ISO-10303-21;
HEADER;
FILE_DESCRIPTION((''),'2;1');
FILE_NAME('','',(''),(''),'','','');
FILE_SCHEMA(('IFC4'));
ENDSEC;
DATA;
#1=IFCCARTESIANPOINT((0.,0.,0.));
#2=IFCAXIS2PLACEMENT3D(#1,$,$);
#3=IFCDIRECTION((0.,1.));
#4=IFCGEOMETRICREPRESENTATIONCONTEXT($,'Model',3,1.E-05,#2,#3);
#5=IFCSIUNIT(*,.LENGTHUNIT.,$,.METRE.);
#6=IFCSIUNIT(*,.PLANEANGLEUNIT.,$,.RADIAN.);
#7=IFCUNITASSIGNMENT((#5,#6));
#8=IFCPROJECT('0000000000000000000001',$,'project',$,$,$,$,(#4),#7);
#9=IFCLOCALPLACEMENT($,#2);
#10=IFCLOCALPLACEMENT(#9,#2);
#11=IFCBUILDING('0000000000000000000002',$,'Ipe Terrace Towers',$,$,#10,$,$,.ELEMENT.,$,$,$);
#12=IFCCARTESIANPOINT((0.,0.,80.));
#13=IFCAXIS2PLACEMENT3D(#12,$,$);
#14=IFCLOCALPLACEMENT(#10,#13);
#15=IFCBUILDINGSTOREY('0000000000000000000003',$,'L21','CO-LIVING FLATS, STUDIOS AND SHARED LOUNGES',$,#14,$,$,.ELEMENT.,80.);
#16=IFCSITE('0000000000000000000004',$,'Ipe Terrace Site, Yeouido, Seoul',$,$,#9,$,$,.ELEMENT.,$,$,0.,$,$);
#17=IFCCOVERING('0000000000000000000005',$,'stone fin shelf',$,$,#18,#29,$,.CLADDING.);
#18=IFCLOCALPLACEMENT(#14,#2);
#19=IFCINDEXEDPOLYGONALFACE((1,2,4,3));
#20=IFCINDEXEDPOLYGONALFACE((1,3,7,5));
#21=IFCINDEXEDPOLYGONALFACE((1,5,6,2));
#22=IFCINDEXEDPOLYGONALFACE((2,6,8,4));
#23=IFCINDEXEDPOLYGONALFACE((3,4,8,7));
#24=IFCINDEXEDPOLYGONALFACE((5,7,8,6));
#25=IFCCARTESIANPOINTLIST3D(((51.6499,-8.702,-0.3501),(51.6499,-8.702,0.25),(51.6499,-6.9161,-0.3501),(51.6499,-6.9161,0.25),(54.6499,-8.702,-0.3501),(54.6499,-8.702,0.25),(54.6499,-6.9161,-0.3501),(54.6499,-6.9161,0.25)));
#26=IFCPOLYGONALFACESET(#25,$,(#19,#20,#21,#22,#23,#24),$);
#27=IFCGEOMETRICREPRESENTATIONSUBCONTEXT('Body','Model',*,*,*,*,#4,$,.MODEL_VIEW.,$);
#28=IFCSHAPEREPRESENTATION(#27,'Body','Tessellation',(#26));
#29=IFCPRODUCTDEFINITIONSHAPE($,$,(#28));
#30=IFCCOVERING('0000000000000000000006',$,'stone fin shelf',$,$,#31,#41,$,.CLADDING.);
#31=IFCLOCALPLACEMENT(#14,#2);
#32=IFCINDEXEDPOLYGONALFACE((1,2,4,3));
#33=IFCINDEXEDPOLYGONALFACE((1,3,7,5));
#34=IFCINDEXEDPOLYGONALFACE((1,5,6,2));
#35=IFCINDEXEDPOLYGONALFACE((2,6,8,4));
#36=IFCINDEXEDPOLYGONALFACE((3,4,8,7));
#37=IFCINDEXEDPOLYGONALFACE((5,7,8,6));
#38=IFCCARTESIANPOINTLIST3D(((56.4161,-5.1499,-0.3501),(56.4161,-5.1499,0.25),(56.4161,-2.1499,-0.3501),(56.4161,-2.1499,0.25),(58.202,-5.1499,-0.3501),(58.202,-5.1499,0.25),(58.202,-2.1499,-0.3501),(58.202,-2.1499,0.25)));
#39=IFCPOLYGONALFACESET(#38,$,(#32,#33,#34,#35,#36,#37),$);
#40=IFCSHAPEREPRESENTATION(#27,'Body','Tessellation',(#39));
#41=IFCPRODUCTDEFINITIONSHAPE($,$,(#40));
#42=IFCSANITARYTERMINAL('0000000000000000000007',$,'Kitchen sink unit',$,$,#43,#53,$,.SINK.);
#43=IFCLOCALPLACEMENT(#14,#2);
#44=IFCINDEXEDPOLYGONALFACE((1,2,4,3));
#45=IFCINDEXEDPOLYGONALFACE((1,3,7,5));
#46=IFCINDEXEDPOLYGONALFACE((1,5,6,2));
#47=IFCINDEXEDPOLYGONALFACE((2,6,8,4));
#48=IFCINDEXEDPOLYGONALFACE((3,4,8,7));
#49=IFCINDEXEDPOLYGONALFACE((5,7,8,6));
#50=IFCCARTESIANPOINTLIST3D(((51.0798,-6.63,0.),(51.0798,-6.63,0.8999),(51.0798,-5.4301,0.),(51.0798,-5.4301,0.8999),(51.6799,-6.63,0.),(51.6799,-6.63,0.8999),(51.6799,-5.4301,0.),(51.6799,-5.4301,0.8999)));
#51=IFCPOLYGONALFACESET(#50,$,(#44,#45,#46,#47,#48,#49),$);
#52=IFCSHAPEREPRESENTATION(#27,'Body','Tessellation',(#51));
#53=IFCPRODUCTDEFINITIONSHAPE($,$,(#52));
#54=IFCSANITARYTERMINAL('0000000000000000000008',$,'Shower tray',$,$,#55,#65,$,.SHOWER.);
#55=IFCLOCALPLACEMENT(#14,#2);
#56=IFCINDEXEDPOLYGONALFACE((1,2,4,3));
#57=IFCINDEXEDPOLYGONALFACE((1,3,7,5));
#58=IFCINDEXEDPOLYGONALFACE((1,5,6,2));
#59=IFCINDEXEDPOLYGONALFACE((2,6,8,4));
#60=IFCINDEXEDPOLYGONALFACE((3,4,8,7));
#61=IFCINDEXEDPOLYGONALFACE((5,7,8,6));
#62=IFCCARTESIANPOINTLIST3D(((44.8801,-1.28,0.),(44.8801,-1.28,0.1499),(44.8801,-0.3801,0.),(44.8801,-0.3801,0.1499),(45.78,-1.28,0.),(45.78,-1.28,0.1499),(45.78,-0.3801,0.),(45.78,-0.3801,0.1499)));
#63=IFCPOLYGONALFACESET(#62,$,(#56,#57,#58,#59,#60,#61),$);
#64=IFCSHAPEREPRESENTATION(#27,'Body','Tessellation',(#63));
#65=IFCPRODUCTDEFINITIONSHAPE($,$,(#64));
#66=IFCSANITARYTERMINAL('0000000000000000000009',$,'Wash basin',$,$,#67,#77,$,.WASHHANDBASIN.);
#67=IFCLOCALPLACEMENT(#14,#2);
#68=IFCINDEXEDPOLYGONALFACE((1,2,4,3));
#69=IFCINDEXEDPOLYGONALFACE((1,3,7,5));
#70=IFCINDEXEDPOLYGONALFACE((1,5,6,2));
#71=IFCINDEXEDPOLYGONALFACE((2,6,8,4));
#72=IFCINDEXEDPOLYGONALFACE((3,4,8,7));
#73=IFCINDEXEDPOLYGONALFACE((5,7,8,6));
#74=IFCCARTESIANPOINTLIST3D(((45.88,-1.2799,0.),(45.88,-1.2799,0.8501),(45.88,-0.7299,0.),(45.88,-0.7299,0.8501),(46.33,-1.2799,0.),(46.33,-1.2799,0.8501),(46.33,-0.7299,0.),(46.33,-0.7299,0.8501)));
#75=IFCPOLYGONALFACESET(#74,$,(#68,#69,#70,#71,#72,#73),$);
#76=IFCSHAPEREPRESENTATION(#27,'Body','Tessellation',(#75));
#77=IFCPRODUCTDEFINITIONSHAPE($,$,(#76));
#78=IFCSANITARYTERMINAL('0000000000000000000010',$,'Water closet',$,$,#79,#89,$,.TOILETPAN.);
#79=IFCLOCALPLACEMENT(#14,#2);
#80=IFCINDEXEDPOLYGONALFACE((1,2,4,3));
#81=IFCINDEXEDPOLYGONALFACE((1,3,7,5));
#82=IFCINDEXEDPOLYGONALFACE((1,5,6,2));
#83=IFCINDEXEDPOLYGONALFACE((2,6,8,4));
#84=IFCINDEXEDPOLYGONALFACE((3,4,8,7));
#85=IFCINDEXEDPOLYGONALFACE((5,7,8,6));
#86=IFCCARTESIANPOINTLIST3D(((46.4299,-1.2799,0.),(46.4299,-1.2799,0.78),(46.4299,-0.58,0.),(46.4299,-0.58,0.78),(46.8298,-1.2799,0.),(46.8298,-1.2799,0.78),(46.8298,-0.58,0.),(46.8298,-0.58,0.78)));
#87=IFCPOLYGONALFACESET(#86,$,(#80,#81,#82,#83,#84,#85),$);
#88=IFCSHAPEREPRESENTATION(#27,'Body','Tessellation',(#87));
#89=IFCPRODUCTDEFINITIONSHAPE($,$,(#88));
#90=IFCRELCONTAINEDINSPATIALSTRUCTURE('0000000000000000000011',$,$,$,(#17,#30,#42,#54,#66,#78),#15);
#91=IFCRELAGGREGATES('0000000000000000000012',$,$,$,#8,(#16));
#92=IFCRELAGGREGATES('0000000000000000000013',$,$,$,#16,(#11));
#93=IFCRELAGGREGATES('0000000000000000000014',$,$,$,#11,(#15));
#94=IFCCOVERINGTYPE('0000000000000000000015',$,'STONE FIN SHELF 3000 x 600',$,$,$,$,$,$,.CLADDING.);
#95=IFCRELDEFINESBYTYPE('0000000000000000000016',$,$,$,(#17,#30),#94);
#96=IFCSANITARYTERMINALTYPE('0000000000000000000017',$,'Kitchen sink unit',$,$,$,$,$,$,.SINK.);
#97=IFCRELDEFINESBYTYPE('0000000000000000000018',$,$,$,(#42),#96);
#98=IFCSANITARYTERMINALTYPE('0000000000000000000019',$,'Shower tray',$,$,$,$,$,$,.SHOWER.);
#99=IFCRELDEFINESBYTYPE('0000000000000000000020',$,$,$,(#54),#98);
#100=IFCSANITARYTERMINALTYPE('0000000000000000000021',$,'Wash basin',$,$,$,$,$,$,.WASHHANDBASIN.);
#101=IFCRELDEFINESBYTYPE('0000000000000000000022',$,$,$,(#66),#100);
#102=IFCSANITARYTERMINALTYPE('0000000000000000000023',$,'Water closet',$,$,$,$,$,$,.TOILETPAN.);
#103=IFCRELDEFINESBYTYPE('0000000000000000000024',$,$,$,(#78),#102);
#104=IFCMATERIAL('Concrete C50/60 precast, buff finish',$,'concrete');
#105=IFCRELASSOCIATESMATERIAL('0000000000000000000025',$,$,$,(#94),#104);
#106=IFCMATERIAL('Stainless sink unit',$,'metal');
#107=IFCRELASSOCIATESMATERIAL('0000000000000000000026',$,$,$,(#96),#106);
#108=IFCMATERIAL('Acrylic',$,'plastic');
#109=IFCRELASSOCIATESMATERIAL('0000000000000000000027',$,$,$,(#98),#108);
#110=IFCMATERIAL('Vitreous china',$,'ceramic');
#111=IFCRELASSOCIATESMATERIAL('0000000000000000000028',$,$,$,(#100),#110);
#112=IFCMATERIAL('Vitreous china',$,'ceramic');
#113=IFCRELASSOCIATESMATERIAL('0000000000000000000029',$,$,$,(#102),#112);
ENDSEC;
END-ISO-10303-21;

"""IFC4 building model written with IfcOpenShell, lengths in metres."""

from ifc_helpers import new_model, si_unit, direction, frame, origin, origin_2d, place, context, subcontext, project, spatial, rectangle, extrude, material, type_object, element, save


model = new_model("IFC4")

# Units and contexts
model_context = context("Model", 3, precision=1e-05, world=origin(), true_north=direction((0.0, 1.0)))
body_context = subcontext(model_context, "Body", "Model", "MODEL_VIEW")
ifc_project = project(units=[si_unit("LENGTHUNIT", "METRE"), si_unit("PLANEANGLEUNIT", "RADIAN")], contexts=[model_context])

# Site, building, storey
site_placement = place(None, origin())
site = spatial("IfcSite", under=ifc_project, at=site_placement, Name="Ipe Terrace Site, Yeouido, Seoul", CompositionType="ELEMENT", RefElevation=0.0)
building_placement = place(site_placement, origin())
building = spatial("IfcBuilding", under=site, at=building_placement, Name="Ipe Terrace Towers", CompositionType="ELEMENT")
storey_placement = place(building_placement, frame((0.0, 0.0, 80.0)))
storey = spatial("IfcBuildingStorey", under=building, at=storey_placement, Name="L21", Description="CO-LIVING FLATS, STUDIOS AND SHARED LOUNGES", CompositionType="ELEMENT", Elevation=80.0)

# Coverings
ifc_material_1 = material(Name="Concrete C50/60 precast, buff finish", Category="concrete")
covering_type_1 = type_object("IfcCoveringType", Name="STONE FIN SHELF 3000 x 600", PredefinedType="CLADDING", material=ifc_material_1)
for number, where, z_axis, x_axis, name in (
    (1, (53.1499, -7.8091, -0.3501), (0.0, 0.0, 1.0), (1.0, 0.0, 0.0), "stone fin shelf"),
    (2, (57.3091, -3.6499, -0.3501), (0.0, 0.0, 1.0), (0.0, 1.0, 0.0), "stone fin shelf"),
):
    element("IfcCovering", number, at=place(storey_placement, frame(where, z_axis=z_axis, x_axis=x_axis)), inside=storey, type_object=covering_type_1, Name=name, PredefinedType="CLADDING", context=body_context, shape_type="SweptSolid", body=[
        extrude(rectangle(XDim=3.0, YDim=1.7859, at=origin_2d()), origin(), (0.0, 0.0, 1.0), 0.6001),
    ])

# Sanitary terminals
ifc_material_2 = material(Name="Stainless sink unit", Category="metal")
sanitary_terminal_type_1 = type_object("IfcSanitaryTerminalType", Name="Kitchen sink unit", PredefinedType="SINK", material=ifc_material_2)
sanitary_terminal_1_placement = place(storey_placement, frame((51.3799, -6.03, 0.0), z_axis=(0.0, 0.0, 1.0), x_axis=(0.0, -1.0, 0.0)))
element("IfcSanitaryTerminal", 3, at=sanitary_terminal_1_placement, inside=storey, type_object=sanitary_terminal_type_1, Name="Kitchen sink unit", PredefinedType="SINK", context=body_context, shape_type="SweptSolid", body=[
    extrude(rectangle(XDim=1.2, YDim=0.6001, at=origin_2d()), origin(), (0.0, 0.0, 1.0), 0.8999),
])
ifc_material_3 = material(Name="Acrylic", Category="plastic")
sanitary_terminal_type_2 = type_object("IfcSanitaryTerminalType", Name="Shower tray", PredefinedType="SHOWER", material=ifc_material_3)
sanitary_terminal_2_placement = place(storey_placement, frame((45.3301, -0.8301, 0.0), z_axis=(0.0, 0.0, 1.0), x_axis=(0.0, 1.0, 0.0)))
element("IfcSanitaryTerminal", 4, at=sanitary_terminal_2_placement, inside=storey, type_object=sanitary_terminal_type_2, Name="Shower tray", PredefinedType="SHOWER", context=body_context, shape_type="SweptSolid", body=[
    extrude(rectangle(XDim=0.8999, YDim=0.8999, at=origin_2d()), origin(), (0.0, 0.0, 1.0), 0.1499),
])
ifc_material_4 = material(Name="Vitreous china", Category="ceramic")
sanitary_terminal_type_3 = type_object("IfcSanitaryTerminalType", Name="Wash basin", PredefinedType="WASHHANDBASIN", material=ifc_material_4)
sanitary_terminal_3_placement = place(storey_placement, frame((46.105, -1.0049, 0.0), z_axis=(0.0, 0.0, 1.0), x_axis=(0.0, 1.0, 0.0)))
element("IfcSanitaryTerminal", 5, at=sanitary_terminal_3_placement, inside=storey, type_object=sanitary_terminal_type_3, Name="Wash basin", PredefinedType="WASHHANDBASIN", context=body_context, shape_type="SweptSolid", body=[
    extrude(rectangle(XDim=0.55, YDim=0.45, at=origin_2d()), origin(), (0.0, 0.0, 1.0), 0.8501),
])
ifc_material_5 = material(Name="Vitreous china", Category="ceramic")
sanitary_terminal_type_4 = type_object("IfcSanitaryTerminalType", Name="Water closet", PredefinedType="TOILETPAN", material=ifc_material_5)
sanitary_terminal_4_placement = place(storey_placement, frame((46.6299, -0.9299, 0.0), z_axis=(0.0, 0.0, 1.0), x_axis=(0.0, 1.0, 0.0)))
element("IfcSanitaryTerminal", 6, at=sanitary_terminal_4_placement, inside=storey, type_object=sanitary_terminal_type_4, Name="Water closet", PredefinedType="TOILETPAN", context=body_context, shape_type="SweptSolid", body=[
    extrude(rectangle(XDim=0.7, YDim=0.3999, at=origin_2d()), origin(), (0.0, 0.0, 1.0), 0.78),
])

save(model, "model.ifc")
